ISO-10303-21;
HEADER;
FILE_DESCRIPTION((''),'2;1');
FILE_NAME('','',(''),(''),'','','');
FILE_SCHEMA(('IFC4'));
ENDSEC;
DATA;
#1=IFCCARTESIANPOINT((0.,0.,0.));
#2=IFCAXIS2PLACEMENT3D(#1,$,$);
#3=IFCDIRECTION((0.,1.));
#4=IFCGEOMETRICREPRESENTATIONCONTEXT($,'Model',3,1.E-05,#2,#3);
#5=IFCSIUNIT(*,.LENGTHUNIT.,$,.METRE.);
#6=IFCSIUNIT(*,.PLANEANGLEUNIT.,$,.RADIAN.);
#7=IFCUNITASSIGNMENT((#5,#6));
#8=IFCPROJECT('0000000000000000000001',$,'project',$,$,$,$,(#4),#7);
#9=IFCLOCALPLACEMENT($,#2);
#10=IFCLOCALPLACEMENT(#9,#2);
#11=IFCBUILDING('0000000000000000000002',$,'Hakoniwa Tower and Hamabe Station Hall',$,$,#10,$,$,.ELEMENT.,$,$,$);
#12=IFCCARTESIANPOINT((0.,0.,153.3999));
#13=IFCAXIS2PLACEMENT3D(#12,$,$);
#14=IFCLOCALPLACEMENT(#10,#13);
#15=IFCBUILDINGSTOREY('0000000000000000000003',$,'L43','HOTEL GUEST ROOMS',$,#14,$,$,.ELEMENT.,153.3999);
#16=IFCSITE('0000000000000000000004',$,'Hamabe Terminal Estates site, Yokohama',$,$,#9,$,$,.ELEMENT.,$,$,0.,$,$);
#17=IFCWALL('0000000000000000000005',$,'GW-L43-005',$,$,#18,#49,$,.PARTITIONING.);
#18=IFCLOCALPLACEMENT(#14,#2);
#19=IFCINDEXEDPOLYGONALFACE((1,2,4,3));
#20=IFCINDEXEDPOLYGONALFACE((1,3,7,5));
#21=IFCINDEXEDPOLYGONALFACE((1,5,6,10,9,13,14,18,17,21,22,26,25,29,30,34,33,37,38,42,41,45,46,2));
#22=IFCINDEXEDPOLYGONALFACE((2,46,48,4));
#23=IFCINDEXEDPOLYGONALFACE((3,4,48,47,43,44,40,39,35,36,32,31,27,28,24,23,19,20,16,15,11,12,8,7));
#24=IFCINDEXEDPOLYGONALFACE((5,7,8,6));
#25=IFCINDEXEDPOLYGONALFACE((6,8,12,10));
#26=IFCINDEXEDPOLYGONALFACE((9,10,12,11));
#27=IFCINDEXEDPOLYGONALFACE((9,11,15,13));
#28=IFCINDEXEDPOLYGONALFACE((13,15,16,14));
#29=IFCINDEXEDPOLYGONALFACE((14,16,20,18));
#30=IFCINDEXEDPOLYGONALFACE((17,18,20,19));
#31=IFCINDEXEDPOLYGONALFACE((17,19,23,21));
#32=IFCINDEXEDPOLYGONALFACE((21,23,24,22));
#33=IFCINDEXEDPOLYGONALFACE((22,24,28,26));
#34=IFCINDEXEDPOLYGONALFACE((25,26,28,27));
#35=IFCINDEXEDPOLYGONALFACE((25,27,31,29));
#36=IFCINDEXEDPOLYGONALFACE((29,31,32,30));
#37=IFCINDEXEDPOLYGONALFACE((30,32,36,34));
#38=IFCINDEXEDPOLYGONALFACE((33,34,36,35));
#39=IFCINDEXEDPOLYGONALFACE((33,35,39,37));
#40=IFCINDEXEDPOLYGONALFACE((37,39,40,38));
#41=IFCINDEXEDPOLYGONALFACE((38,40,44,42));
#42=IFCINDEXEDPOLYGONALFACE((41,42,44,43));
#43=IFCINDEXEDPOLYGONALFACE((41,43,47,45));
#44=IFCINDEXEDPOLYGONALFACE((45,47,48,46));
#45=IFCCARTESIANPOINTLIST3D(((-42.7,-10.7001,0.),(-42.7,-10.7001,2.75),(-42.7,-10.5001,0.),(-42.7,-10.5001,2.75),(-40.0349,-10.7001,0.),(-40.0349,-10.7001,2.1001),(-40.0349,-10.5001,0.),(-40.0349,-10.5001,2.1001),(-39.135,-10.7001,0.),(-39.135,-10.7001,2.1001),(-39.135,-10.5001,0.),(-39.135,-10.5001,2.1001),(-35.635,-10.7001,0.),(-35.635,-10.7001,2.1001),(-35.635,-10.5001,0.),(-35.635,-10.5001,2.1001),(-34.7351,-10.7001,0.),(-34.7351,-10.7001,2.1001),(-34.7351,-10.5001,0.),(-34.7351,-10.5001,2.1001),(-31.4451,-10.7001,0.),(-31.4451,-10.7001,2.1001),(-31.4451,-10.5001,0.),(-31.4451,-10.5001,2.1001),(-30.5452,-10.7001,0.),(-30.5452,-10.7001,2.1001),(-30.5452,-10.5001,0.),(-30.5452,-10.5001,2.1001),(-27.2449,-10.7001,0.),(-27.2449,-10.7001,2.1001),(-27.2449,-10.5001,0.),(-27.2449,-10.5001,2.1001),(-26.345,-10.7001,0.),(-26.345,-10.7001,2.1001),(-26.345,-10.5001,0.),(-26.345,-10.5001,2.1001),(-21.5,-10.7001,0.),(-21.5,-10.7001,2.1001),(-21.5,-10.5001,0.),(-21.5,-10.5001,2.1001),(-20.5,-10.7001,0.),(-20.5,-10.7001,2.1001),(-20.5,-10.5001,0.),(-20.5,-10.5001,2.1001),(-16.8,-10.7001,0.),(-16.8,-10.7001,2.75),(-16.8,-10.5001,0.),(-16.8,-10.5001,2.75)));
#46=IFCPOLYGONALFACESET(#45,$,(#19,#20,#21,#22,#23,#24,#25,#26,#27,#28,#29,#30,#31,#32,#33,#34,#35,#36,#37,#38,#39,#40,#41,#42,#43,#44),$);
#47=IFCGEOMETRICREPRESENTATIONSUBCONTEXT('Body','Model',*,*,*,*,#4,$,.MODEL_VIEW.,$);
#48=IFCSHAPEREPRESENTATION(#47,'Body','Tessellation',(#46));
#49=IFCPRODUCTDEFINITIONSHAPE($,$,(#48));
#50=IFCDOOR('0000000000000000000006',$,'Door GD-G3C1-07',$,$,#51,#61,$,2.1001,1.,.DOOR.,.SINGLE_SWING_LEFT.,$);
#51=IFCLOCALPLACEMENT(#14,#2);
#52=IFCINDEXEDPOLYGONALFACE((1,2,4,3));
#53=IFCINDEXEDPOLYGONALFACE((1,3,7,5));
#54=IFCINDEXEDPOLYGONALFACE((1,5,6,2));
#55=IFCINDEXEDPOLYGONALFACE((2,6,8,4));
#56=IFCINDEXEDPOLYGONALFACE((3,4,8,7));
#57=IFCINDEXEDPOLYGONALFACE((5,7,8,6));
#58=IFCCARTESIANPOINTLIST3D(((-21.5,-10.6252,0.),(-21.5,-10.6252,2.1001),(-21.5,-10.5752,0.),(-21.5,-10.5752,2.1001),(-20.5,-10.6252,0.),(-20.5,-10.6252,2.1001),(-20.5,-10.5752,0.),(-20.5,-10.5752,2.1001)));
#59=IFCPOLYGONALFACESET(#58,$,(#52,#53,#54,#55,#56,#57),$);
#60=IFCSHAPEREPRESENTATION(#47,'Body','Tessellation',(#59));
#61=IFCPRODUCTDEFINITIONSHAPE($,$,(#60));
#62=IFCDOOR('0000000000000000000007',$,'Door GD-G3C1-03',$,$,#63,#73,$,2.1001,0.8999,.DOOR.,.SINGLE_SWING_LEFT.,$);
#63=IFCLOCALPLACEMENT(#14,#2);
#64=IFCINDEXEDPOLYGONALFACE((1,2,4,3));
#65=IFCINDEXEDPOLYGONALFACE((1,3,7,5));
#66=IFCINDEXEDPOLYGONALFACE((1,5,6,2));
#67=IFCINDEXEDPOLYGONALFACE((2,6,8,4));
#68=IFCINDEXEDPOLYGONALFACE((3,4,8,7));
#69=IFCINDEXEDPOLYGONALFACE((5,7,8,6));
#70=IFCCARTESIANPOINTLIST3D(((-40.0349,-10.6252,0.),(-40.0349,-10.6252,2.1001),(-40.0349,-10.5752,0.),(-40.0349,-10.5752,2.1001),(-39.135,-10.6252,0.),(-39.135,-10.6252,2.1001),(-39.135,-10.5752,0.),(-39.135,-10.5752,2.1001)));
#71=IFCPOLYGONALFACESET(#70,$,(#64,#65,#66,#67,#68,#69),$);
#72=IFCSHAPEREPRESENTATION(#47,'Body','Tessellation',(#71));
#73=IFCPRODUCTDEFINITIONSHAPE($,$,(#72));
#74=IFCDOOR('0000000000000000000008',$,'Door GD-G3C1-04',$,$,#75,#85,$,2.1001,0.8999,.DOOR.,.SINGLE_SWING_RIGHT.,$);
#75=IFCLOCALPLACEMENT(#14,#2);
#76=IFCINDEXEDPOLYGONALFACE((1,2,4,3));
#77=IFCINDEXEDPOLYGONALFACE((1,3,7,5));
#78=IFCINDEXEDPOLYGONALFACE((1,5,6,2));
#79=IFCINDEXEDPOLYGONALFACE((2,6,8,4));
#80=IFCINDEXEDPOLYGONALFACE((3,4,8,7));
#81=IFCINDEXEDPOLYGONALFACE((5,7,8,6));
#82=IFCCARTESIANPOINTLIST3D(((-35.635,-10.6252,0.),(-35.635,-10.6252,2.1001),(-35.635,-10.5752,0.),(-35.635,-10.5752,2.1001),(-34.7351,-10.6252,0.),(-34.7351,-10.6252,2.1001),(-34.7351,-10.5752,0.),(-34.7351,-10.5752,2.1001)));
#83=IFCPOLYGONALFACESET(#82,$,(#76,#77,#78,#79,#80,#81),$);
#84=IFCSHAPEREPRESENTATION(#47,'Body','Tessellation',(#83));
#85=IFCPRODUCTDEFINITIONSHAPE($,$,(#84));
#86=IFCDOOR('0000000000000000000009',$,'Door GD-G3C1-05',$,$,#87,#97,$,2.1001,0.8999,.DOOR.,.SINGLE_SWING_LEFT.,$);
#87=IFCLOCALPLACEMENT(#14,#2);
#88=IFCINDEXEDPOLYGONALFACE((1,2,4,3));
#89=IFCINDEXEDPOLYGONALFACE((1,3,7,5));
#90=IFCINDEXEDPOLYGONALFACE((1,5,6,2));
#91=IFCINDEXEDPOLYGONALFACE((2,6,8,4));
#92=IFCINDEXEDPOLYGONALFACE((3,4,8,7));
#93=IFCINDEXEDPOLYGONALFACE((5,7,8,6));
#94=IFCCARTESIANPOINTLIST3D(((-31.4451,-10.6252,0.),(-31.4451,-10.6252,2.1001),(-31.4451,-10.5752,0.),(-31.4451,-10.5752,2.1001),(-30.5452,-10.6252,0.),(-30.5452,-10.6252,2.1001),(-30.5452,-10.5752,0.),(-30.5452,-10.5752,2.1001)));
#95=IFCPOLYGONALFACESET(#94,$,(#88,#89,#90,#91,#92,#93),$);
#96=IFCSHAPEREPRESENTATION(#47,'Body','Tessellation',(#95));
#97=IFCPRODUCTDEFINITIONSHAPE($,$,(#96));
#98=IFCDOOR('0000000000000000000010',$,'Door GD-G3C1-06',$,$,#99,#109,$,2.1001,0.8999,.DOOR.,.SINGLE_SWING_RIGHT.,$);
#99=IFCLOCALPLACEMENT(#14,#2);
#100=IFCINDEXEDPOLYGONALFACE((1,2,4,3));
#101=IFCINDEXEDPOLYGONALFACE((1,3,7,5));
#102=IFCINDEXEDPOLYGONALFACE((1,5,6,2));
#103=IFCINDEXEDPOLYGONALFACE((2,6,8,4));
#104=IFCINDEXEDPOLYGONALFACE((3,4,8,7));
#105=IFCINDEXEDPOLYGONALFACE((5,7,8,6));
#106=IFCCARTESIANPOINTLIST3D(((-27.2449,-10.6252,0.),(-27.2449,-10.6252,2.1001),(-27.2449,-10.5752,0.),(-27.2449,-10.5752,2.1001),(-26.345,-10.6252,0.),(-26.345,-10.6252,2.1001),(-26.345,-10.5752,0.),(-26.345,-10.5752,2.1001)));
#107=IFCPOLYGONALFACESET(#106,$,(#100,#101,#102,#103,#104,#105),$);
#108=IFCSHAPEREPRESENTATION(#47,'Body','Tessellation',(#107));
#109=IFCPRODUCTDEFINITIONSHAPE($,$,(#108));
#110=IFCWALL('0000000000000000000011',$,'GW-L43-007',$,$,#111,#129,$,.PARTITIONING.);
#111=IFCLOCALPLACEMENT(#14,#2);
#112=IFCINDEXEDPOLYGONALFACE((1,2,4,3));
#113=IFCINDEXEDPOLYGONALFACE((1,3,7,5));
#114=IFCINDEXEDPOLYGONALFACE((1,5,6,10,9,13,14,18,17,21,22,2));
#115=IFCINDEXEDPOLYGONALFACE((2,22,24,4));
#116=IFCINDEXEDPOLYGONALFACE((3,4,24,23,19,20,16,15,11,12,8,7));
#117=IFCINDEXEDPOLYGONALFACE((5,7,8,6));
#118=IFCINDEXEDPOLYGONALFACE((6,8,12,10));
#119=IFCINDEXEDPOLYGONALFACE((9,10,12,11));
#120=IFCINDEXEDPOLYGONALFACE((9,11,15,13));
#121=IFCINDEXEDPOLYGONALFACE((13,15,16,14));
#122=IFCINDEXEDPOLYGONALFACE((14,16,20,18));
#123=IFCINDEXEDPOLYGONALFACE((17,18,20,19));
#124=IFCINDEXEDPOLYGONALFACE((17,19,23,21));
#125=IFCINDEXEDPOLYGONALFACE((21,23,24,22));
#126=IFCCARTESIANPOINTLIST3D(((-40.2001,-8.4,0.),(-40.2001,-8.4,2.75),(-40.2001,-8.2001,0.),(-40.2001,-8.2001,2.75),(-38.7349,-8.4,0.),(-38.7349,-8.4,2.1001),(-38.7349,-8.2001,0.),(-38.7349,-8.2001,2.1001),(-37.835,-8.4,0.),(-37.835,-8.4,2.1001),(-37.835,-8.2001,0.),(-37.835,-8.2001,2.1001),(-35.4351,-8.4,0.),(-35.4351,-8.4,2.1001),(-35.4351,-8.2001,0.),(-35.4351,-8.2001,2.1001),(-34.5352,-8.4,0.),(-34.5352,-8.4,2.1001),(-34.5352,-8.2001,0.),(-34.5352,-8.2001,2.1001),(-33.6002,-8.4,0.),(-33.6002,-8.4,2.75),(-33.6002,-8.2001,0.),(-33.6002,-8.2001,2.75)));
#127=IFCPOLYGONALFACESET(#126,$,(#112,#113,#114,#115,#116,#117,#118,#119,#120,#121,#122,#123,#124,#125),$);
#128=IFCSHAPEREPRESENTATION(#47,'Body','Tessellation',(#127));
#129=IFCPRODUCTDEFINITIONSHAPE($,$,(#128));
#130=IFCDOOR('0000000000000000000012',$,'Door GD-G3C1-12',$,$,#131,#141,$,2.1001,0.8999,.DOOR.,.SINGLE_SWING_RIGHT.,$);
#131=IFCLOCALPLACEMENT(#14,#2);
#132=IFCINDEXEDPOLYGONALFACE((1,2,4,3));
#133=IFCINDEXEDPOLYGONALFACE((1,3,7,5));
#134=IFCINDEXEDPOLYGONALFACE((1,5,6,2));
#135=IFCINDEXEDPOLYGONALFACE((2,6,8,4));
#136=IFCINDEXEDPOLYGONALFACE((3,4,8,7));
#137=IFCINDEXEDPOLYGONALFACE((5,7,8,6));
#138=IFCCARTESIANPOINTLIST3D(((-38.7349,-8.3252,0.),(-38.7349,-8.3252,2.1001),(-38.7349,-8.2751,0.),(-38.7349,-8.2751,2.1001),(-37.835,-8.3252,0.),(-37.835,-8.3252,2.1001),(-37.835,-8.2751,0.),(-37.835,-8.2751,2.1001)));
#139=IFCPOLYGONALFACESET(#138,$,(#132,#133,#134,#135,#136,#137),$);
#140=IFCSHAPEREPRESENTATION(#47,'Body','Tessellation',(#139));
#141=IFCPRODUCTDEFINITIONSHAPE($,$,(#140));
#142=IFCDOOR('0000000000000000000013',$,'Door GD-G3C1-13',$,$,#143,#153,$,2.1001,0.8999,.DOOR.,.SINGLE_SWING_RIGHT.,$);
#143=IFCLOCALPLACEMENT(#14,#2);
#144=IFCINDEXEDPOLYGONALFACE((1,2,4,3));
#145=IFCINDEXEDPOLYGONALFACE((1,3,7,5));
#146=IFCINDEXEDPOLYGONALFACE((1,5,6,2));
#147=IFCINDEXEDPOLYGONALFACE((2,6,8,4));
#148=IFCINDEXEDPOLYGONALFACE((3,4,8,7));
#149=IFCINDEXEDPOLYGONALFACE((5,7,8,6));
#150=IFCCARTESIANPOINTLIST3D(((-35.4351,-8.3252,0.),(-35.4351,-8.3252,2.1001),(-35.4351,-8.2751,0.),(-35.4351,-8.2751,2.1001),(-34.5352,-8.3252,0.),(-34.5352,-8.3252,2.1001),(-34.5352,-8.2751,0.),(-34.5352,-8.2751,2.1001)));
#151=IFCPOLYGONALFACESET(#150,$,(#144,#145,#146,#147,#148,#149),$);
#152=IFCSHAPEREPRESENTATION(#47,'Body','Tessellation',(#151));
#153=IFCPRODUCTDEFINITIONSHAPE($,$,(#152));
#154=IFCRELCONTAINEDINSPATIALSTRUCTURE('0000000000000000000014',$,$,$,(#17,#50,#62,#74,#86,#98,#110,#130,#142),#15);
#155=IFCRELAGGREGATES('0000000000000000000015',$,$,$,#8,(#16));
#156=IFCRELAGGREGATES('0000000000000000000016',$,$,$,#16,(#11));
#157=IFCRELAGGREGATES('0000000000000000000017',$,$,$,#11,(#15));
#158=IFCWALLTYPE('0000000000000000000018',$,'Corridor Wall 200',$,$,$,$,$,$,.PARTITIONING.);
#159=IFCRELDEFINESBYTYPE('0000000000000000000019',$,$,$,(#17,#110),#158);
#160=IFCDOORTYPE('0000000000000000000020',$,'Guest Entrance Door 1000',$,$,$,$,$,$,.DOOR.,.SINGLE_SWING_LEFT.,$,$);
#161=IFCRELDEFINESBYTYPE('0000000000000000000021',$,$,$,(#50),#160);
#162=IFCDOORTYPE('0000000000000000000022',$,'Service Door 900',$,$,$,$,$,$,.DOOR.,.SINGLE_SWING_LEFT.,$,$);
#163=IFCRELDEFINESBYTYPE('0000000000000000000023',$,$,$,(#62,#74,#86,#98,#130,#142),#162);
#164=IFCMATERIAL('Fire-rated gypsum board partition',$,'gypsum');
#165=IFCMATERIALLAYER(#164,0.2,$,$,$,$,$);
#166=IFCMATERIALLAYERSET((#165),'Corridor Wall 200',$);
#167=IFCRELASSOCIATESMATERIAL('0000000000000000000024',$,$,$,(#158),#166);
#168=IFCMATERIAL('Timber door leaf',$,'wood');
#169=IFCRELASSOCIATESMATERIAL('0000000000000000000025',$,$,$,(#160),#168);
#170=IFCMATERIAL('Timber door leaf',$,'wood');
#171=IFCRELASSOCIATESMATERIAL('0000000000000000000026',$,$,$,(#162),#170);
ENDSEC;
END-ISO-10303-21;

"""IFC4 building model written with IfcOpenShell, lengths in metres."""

from ifc_helpers import new_model, si_unit, direction, frame, frame_2d, origin, place, context, subcontext, project, spatial, rectangle, extrude, material, layer, layer_set, type_object, element, fill, save


model = new_model("IFC4")

# Units and contexts
model_context = context("Model", 3, precision=1e-05, world=origin(), true_north=direction((0.0, 1.0)))
body_context = subcontext(model_context, "Body", "Model", "MODEL_VIEW")
ifc_project = project(units=[si_unit("LENGTHUNIT", "METRE"), si_unit("PLANEANGLEUNIT", "RADIAN")], contexts=[model_context])

# Site, building, storey
site_placement = place(None, origin())
site = spatial("IfcSite", under=ifc_project, at=site_placement, Name="Hamabe Terminal Estates site, Yokohama", CompositionType="ELEMENT", RefElevation=0.0)
building_placement = place(site_placement, origin())
building = spatial("IfcBuilding", under=site, at=building_placement, Name="Hakoniwa Tower and Hamabe Station Hall", CompositionType="ELEMENT")
storey_placement = place(building_placement, frame((0.0, 0.0, 153.3999)))
storey = spatial("IfcBuildingStorey", under=building, at=storey_placement, Name="L43", Description="HOTEL GUEST ROOMS", CompositionType="ELEMENT", Elevation=153.3999)

# Walls, openings, doors
ifc_material_1 = material(Name="Fire-rated gypsum board partition", Category="gypsum")
ifc_layer_1 = layer(ifc_material_1, 0.2)
ifc_layer_set_1 = layer_set([ifc_layer_1], Name="Corridor Wall 200")
wall_type_1 = type_object("IfcWallType", Name="Corridor Wall 200", PredefinedType="PARTITIONING", material=ifc_layer_set_1)
wall_1_placement = place(storey_placement, frame((-42.7, -10.6001, 0.0), z_axis=(0.0, 0.0, 1.0), x_axis=(1.0, 0.0, 0.0)))
wall_1 = element("IfcWall", 1, at=wall_1_placement, inside=storey, type_object=wall_type_1, Name="GW-L43-005", PredefinedType="PARTITIONING", context=body_context, shape_type="SweptSolid", body=[
    extrude(rectangle(XDim=25.8999, YDim=0.2, at=frame_2d((12.95, 0.0))), origin(), (0.0, 0.0, 1.0), 2.75),
])
opening_1_placement = place(wall_1_placement, frame((2.665, 0.0, 0.0)))
opening_1 = element("IfcOpeningElement", 2, at=opening_1_placement, cuts=wall_1, PredefinedType="OPENING", context=body_context, shape_type="SweptSolid", body=[
    extrude(rectangle(XDim=0.8999, YDim=2.1001, at=frame_2d((0.45, 1.05))), frame((0.0, 0.1099, 0.0), z_axis=(0.0, -1.0, 0.0), x_axis=(1.0, 0.0, 0.0)), (0.0, 0.0, 1.0), 0.22),
])
opening_2_placement = place(wall_1_placement, frame((7.0649, 0.0, 0.0)))
opening_2 = element("IfcOpeningElement", 3, at=opening_2_placement, cuts=wall_1, PredefinedType="OPENING", context=body_context, shape_type="SweptSolid", body=[
    extrude(rectangle(XDim=0.8999, YDim=2.1001, at=frame_2d((0.45, 1.05))), frame((0.0, 0.1099, 0.0), z_axis=(0.0, -1.0, 0.0), x_axis=(1.0, 0.0, 0.0)), (0.0, 0.0, 1.0), 0.22),
])
opening_3_placement = place(wall_1_placement, frame((11.2549, 0.0, 0.0)))
opening_3 = element("IfcOpeningElement", 4, at=opening_3_placement, cuts=wall_1, PredefinedType="OPENING", context=body_context, shape_type="SweptSolid", body=[
    extrude(rectangle(XDim=0.8999, YDim=2.1001, at=frame_2d((0.45, 1.05))), frame((0.0, 0.1099, 0.0), z_axis=(0.0, -1.0, 0.0), x_axis=(1.0, 0.0, 0.0)), (0.0, 0.0, 1.0), 0.22),
])
opening_4_placement = place(wall_1_placement, frame((15.4551, 0.0, 0.0)))
opening_4 = element("IfcOpeningElement", 5, at=opening_4_placement, cuts=wall_1, PredefinedType="OPENING", context=body_context, shape_type="SweptSolid", body=[
    extrude(rectangle(XDim=0.8999, YDim=2.1001, at=frame_2d((0.45, 1.05))), frame((0.0, 0.1099, 0.0), z_axis=(0.0, -1.0, 0.0), x_axis=(1.0, 0.0, 0.0)), (0.0, 0.0, 1.0), 0.22),
])
opening_5_placement = place(wall_1_placement, frame((21.2, 0.0, 0.0)))
opening_5 = element("IfcOpeningElement", 6, at=opening_5_placement, cuts=wall_1, PredefinedType="OPENING", context=body_context, shape_type="SweptSolid", body=[
    extrude(rectangle(XDim=1.0, YDim=2.1001, at=frame_2d((0.5, 1.05))), frame((0.0, 0.1099, 0.0), z_axis=(0.0, -1.0, 0.0), x_axis=(1.0, 0.0, 0.0)), (0.0, 0.0, 1.0), 0.22),
])
ifc_material_2 = material(Name="Timber door leaf", Category="wood")
door_type_1 = type_object("IfcDoorType", Name="Guest Entrance Door 1000", OperationType="SINGLE_SWING_LEFT", PredefinedType="DOOR", material=ifc_material_2)
door_1_placement = place(opening_5_placement, origin())
door_1 = element("IfcDoor", 7, at=door_1_placement, inside=storey, type_object=door_type_1, Name="Door GD-G3C1-07", OperationType="SINGLE_SWING_LEFT", OverallHeight=2.1001, OverallWidth=1.0, PredefinedType="DOOR", context=body_context, shape_type="SweptSolid", body=[
    extrude(rectangle(XDim=1.0, YDim=2.1001, at=frame_2d((0.5, 1.05))), frame((0.0, 0.0249, 0.0), z_axis=(0.0, -1.0, 0.0), x_axis=(1.0, 0.0, 0.0)), (0.0, 0.0, 1.0), 0.05),
])
fill(opening_5, door_1)
ifc_material_3 = material(Name="Timber door leaf", Category="wood")
door_type_2 = type_object("IfcDoorType", Name="Service Door 900", OperationType="SINGLE_SWING_LEFT", PredefinedType="DOOR", material=ifc_material_3)
door_2_placement = place(opening_1_placement, origin())
door_2 = element("IfcDoor", 8, at=door_2_placement, inside=storey, type_object=door_type_2, Name="Door GD-G3C1-03", OperationType="SINGLE_SWING_LEFT", OverallHeight=2.1001, OverallWidth=0.8999, PredefinedType="DOOR", context=body_context, shape_type="SweptSolid", body=[
    extrude(rectangle(XDim=0.8999, YDim=2.1001, at=frame_2d((0.45, 1.05))), frame((0.0, 0.0249, 0.0), z_axis=(0.0, -1.0, 0.0), x_axis=(1.0, 0.0, 0.0)), (0.0, 0.0, 1.0), 0.05),
])
fill(opening_1, door_2)
door_3_placement = place(opening_2_placement, origin())
door_3 = element("IfcDoor", 9, at=door_3_placement, inside=storey, type_object=door_type_2, Name="Door GD-G3C1-04", OperationType="SINGLE_SWING_RIGHT", OverallHeight=2.1001, OverallWidth=0.8999, PredefinedType="DOOR", context=body_context, shape_type="SweptSolid", body=[
    extrude(rectangle(XDim=0.8999, YDim=2.1001, at=frame_2d((0.45, 1.05))), frame((0.0, 0.0249, 0.0), z_axis=(0.0, -1.0, 0.0), x_axis=(1.0, 0.0, 0.0)), (0.0, 0.0, 1.0), 0.05),
])
fill(opening_2, door_3)
door_4_placement = place(opening_3_placement, origin())
door_4 = element("IfcDoor", 10, at=door_4_placement, inside=storey, type_object=door_type_2, Name="Door GD-G3C1-05", OperationType="SINGLE_SWING_LEFT", OverallHeight=2.1001, OverallWidth=0.8999, PredefinedType="DOOR", context=body_context, shape_type="SweptSolid", body=[
    extrude(rectangle(XDim=0.8999, YDim=2.1001, at=frame_2d((0.45, 1.05))), frame((0.0, 0.0249, 0.0), z_axis=(0.0, -1.0, 0.0), x_axis=(1.0, 0.0, 0.0)), (0.0, 0.0, 1.0), 0.05),
])
fill(opening_3, door_4)
door_5_placement = place(opening_4_placement, origin())
door_5 = element("IfcDoor", 11, at=door_5_placement, inside=storey, type_object=door_type_2, Name="Door GD-G3C1-06", OperationType="SINGLE_SWING_RIGHT", OverallHeight=2.1001, OverallWidth=0.8999, PredefinedType="DOOR", context=body_context, shape_type="SweptSolid", body=[
    extrude(rectangle(XDim=0.8999, YDim=2.1001, at=frame_2d((0.45, 1.05))), frame((0.0, 0.0249, 0.0), z_axis=(0.0, -1.0, 0.0), x_axis=(1.0, 0.0, 0.0)), (0.0, 0.0, 1.0), 0.05),
])
fill(opening_4, door_5)
wall_2_placement = place(storey_placement, frame((-40.2, -8.3, 0.0), z_axis=(0.0, 0.0, 1.0), x_axis=(1.0, 0.0, 0.0)))
wall_2 = element("IfcWall", 12, at=wall_2_placement, inside=storey, type_object=wall_type_1, Name="GW-L43-007", PredefinedType="PARTITIONING", context=body_context, shape_type="SweptSolid", body=[
    extrude(rectangle(XDim=6.5999, YDim=0.2, at=frame_2d((3.2998, 0.0))), origin(), (0.0, 0.0, 1.0), 2.75),
])
opening_6_placement = place(wall_2_placement, frame((1.4651, 0.0, 0.0)))
opening_6 = element("IfcOpeningElement", 13, at=opening_6_placement, cuts=wall_2, PredefinedType="OPENING", context=body_context, shape_type="SweptSolid", body=[
    extrude(rectangle(XDim=0.8999, YDim=2.1001, at=frame_2d((0.45, 1.05))), frame((0.0, 0.1099, 0.0), z_axis=(0.0, -1.0, 0.0), x_axis=(1.0, 0.0, 0.0)), (0.0, 0.0, 1.0), 0.22),
])
opening_7_placement = place(wall_2_placement, frame((4.7649, 0.0, 0.0)))
opening_7 = element("IfcOpeningElement", 14, at=opening_7_placement, cuts=wall_2, PredefinedType="OPENING", context=body_context, shape_type="SweptSolid", body=[
    extrude(rectangle(XDim=0.8999, YDim=2.1001, at=frame_2d((0.45, 1.05))), frame((0.0, 0.1099, 0.0), z_axis=(0.0, -1.0, 0.0), x_axis=(1.0, 0.0, 0.0)), (0.0, 0.0, 1.0), 0.22),
])
door_6_placement = place(opening_6_placement, origin())
door_6 = element("IfcDoor", 15, at=door_6_placement, inside=storey, type_object=door_type_2, Name="Door GD-G3C1-12", OperationType="SINGLE_SWING_RIGHT", OverallHeight=2.1001, OverallWidth=0.8999, PredefinedType="DOOR", context=body_context, shape_type="SweptSolid", body=[
    extrude(rectangle(XDim=0.8999, YDim=2.1001, at=frame_2d((0.45, 1.05))), frame((0.0, 0.0249, 0.0), z_axis=(0.0, -1.0, 0.0), x_axis=(1.0, 0.0, 0.0)), (0.0, 0.0, 1.0), 0.05),
])
fill(opening_6, door_6)
door_7_placement = place(opening_7_placement, origin())
door_7 = element("IfcDoor", 16, at=door_7_placement, inside=storey, type_object=door_type_2, Name="Door GD-G3C1-13", OperationType="SINGLE_SWING_RIGHT", OverallHeight=2.1001, OverallWidth=0.8999, PredefinedType="DOOR", context=body_context, shape_type="SweptSolid", body=[
    extrude(rectangle(XDim=0.8999, YDim=2.1001, at=frame_2d((0.45, 1.05))), frame((0.0, 0.0249, 0.0), z_axis=(0.0, -1.0, 0.0), x_axis=(1.0, 0.0, 0.0)), (0.0, 0.0, 1.0), 0.05),
])
fill(opening_7, door_7)

save(model, "model.ifc")
